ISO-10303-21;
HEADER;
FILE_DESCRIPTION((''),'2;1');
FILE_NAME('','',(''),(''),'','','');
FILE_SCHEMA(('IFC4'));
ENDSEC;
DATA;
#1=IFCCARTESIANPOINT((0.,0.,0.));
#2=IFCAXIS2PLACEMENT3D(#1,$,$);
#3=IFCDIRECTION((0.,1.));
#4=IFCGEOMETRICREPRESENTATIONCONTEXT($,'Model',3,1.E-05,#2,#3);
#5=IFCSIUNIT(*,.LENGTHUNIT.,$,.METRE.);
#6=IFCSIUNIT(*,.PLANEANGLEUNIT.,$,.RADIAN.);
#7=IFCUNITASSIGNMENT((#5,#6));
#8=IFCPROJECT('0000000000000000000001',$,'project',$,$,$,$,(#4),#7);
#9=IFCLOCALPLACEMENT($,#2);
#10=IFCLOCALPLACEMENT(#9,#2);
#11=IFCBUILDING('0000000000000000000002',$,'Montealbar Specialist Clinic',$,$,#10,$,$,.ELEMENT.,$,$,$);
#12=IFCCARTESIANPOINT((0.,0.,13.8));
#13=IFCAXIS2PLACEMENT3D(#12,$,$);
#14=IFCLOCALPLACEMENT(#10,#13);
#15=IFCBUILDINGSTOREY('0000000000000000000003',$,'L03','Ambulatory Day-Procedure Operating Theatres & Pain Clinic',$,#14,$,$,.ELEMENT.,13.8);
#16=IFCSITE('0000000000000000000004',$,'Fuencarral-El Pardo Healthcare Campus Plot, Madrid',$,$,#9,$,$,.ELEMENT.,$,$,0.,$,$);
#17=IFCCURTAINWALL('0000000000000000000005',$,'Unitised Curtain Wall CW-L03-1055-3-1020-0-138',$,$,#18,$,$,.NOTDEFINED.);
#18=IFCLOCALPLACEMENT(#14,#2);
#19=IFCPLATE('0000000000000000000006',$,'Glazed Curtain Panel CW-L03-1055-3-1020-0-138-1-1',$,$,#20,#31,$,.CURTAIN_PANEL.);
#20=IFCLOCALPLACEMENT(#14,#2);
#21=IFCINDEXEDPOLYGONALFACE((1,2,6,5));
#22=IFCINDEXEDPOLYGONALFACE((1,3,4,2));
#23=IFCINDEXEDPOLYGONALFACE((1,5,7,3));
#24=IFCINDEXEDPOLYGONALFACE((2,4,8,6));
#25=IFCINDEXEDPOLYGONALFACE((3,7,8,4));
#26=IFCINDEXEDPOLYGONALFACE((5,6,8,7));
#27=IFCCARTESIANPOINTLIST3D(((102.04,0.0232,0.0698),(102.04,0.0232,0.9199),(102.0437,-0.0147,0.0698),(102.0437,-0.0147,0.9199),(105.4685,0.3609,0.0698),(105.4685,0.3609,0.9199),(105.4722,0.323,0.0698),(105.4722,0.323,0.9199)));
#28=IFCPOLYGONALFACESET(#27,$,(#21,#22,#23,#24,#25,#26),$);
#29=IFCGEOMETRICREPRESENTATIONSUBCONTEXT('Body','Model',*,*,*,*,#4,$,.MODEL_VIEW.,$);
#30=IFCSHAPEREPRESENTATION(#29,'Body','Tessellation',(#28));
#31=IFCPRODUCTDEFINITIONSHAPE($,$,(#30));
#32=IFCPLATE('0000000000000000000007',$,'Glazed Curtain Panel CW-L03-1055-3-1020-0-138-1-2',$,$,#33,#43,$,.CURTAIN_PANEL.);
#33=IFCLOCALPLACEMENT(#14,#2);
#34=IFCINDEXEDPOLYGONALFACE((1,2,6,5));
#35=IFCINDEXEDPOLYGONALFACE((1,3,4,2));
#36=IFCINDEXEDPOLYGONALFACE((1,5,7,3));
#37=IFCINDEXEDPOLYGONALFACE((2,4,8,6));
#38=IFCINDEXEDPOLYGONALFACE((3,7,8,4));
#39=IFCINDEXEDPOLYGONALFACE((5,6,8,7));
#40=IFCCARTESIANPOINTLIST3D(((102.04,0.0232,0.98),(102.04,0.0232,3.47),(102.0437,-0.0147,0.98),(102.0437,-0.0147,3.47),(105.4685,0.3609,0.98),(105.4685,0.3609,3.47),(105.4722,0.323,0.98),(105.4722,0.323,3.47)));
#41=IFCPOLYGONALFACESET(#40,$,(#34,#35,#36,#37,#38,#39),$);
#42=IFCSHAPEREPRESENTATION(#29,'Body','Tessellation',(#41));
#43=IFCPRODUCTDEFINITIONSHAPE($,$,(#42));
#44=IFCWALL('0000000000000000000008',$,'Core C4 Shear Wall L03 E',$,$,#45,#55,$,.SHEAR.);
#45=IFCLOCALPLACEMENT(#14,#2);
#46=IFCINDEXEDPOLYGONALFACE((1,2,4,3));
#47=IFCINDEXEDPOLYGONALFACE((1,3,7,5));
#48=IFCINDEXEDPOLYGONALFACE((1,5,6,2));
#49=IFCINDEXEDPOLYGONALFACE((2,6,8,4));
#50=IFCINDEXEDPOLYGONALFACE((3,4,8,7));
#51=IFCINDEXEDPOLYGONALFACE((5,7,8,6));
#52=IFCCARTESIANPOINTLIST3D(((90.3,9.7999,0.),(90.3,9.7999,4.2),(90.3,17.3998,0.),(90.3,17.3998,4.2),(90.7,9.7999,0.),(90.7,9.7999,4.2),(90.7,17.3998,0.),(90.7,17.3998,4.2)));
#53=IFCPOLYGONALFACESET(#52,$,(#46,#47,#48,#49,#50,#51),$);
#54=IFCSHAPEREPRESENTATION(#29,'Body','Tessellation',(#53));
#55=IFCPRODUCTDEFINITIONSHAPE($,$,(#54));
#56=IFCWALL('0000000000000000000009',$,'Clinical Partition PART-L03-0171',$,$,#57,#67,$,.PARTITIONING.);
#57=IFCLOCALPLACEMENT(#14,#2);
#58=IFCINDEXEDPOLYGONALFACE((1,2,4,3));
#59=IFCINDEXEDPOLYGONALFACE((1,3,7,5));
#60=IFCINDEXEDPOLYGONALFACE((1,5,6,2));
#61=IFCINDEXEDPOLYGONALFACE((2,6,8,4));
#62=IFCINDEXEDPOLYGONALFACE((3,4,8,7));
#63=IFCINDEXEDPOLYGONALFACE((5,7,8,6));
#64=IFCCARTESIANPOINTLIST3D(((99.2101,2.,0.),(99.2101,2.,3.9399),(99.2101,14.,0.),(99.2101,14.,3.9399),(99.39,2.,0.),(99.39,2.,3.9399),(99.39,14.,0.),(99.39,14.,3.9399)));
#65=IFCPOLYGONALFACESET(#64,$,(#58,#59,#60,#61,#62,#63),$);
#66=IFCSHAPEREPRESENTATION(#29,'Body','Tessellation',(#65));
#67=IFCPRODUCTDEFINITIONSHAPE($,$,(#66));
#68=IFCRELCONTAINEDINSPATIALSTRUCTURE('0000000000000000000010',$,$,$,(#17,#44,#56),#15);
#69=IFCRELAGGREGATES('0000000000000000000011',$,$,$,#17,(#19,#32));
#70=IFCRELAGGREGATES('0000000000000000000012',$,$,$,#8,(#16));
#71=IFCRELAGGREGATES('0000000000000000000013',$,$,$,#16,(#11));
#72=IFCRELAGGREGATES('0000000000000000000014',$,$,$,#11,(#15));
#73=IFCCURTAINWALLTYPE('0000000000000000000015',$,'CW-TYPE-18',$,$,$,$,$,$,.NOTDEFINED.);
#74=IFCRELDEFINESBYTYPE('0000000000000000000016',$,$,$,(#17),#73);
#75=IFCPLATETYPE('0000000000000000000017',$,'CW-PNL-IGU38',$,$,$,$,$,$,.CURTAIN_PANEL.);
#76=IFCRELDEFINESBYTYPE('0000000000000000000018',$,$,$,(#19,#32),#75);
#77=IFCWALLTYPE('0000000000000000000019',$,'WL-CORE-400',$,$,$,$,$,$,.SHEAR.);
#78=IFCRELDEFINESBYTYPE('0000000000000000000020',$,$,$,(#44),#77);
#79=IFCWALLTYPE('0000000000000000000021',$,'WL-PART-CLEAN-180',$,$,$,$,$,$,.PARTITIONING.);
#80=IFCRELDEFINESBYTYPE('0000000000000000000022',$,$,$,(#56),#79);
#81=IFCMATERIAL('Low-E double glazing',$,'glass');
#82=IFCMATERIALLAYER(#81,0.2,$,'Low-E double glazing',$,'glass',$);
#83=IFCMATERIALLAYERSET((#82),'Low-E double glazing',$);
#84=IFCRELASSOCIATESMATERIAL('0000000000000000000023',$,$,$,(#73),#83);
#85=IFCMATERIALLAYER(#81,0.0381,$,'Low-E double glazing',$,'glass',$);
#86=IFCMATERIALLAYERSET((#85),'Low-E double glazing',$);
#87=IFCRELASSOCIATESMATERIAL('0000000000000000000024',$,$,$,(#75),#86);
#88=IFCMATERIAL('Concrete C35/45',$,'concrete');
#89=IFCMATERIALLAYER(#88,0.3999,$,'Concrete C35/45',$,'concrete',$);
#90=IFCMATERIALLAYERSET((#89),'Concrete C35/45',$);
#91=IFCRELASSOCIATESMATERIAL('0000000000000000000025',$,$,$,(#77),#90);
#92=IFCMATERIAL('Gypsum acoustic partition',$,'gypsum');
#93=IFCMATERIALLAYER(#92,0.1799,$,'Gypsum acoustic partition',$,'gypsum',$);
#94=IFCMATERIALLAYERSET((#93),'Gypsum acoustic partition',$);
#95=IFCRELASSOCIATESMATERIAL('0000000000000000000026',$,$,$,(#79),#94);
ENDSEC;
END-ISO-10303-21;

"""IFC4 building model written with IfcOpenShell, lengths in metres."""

from ifc_helpers import new_model, si_unit, direction, frame, frame_2d, origin, origin_2d, place, context, subcontext, project, spatial, rectangle, extrude, material, layer, layer_set, type_object, element, aggregate, save


model = new_model("IFC4")

# Units and contexts
model_context = context("Model", 3, precision=1e-05, world=origin(), true_north=direction((0.0, 1.0)))
body_context = subcontext(model_context, "Body", "Model", "MODEL_VIEW")
ifc_project = project(units=[si_unit("LENGTHUNIT", "METRE"), si_unit("PLANEANGLEUNIT", "RADIAN")], contexts=[model_context])

# Site, building, storey
site_placement = place(None, origin())
site = spatial("IfcSite", under=ifc_project, at=site_placement, Name="Fuencarral-El Pardo Healthcare Campus Plot, Madrid", CompositionType="ELEMENT", RefElevation=0.0)
building_placement = place(site_placement, origin())
building = spatial("IfcBuilding", under=site, at=building_placement, Name="Montealbar Specialist Clinic", CompositionType="ELEMENT")
storey_placement = place(building_placement, frame((0.0, 0.0, 13.8)))
storey = spatial("IfcBuildingStorey", under=building, at=storey_placement, Name="L03", Description="Ambulatory Day-Procedure Operating Theatres & Pain Clinic", CompositionType="ELEMENT", Elevation=13.8)

# Curtain wall, plates
ifc_material_1 = material(Name="Low-E double glazing", Category="glass")
ifc_layer_1 = layer(ifc_material_1, 0.2, Name="Low-E double glazing", Category="glass")
ifc_layer_set_1 = layer_set([ifc_layer_1], Name="Low-E double glazing")
curtain_wall_type = type_object("IfcCurtainWallType", Name="CW-TYPE-18", PredefinedType="NOTDEFINED", material=ifc_layer_set_1)
curtain_wall_placement = place(storey_placement, origin())
curtain_wall = element("IfcCurtainWall", 1, at=curtain_wall_placement, inside=storey, type_object=curtain_wall_type, Name="Unitised Curtain Wall CW-L03-1055-3-1020-0-138", PredefinedType="NOTDEFINED")
ifc_layer_2 = layer(ifc_material_1, 0.0381, Name="Low-E double glazing", Category="glass")
ifc_layer_set_2 = layer_set([ifc_layer_2], Name="Low-E double glazing")
plate_type = type_object("IfcPlateType", Name="CW-PNL-IGU38", PredefinedType="CURTAIN_PANEL", material=ifc_layer_set_2)
plate_1_placement = place(storey_placement, frame((103.7561, 0.1731, 0.0698), z_axis=(0.0, 0.0, 1.0), x_axis=(-0.995182, -0.098045, 0.0)))
plate_1 = element("IfcPlate", 2, at=plate_1_placement, type_object=plate_type, Name="Glazed Curtain Panel CW-L03-1055-3-1020-0-138-1-1", PredefinedType="CURTAIN_PANEL", context=body_context, shape_type="SweptSolid", body=[
    extrude(rectangle(XDim=3.4451, YDim=0.0381, at=origin_2d()), origin(), (0.0, 0.0, 1.0), 0.8501),
])
plate_2_placement = place(storey_placement, frame((103.7561, 0.1731, 0.98), z_axis=(0.0, 0.0, 1.0), x_axis=(-0.995182, -0.098045, 0.0)))
plate_2 = element("IfcPlate", 3, at=plate_2_placement, type_object=plate_type, Name="Glazed Curtain Panel CW-L03-1055-3-1020-0-138-1-2", PredefinedType="CURTAIN_PANEL", context=body_context, shape_type="SweptSolid", body=[
    extrude(rectangle(XDim=3.4451, YDim=0.0381, at=origin_2d()), origin(), (0.0, 0.0, 1.0), 2.49),
])
aggregate(curtain_wall, [plate_1, plate_2])

# Walls
ifc_material_2 = material(Name="Concrete C35/45", Category="concrete")
ifc_layer_3 = layer(ifc_material_2, 0.3999, Name="Concrete C35/45", Category="concrete")
ifc_layer_set_3 = layer_set([ifc_layer_3], Name="Concrete C35/45")
wall_type_1 = type_object("IfcWallType", Name="WL-CORE-400", PredefinedType="SHEAR", material=ifc_layer_set_3)
wall_1_placement = place(storey_placement, frame((90.5, 9.8, 0.0), z_axis=(0.0, 0.0, 1.0), x_axis=(0.0, 1.0, 0.0)))
element("IfcWall", 4, at=wall_1_placement, inside=storey, type_object=wall_type_1, Name="Core C4 Shear Wall L03 E", PredefinedType="SHEAR", context=body_context, shape_type="SweptSolid", body=[
    extrude(rectangle(XDim=7.5999, YDim=0.3999, at=frame_2d((3.7998, 0.0))), origin(), (0.0, 0.0, 1.0), 4.2),
])
ifc_material_3 = material(Name="Gypsum acoustic partition", Category="gypsum")
ifc_layer_4 = layer(ifc_material_3, 0.1799, Name="Gypsum acoustic partition", Category="gypsum")
ifc_layer_set_4 = layer_set([ifc_layer_4], Name="Gypsum acoustic partition")
wall_type_2 = type_object("IfcWallType", Name="WL-PART-CLEAN-180", PredefinedType="PARTITIONING", material=ifc_layer_set_4)
wall_2_placement = place(storey_placement, frame((99.3, 2.0, 0.0), z_axis=(0.0, 0.0, 1.0), x_axis=(0.0, 1.0, 0.0)))
element("IfcWall", 5, at=wall_2_placement, inside=storey, type_object=wall_type_2, Name="Clinical Partition PART-L03-0171", PredefinedType="PARTITIONING", context=body_context, shape_type="SweptSolid", body=[
    extrude(rectangle(XDim=12.0, YDim=0.1799, at=frame_2d((6.0, 0.0))), origin(), (0.0, 0.0, 1.0), 3.9399),
])

save(model, "model.ifc")
